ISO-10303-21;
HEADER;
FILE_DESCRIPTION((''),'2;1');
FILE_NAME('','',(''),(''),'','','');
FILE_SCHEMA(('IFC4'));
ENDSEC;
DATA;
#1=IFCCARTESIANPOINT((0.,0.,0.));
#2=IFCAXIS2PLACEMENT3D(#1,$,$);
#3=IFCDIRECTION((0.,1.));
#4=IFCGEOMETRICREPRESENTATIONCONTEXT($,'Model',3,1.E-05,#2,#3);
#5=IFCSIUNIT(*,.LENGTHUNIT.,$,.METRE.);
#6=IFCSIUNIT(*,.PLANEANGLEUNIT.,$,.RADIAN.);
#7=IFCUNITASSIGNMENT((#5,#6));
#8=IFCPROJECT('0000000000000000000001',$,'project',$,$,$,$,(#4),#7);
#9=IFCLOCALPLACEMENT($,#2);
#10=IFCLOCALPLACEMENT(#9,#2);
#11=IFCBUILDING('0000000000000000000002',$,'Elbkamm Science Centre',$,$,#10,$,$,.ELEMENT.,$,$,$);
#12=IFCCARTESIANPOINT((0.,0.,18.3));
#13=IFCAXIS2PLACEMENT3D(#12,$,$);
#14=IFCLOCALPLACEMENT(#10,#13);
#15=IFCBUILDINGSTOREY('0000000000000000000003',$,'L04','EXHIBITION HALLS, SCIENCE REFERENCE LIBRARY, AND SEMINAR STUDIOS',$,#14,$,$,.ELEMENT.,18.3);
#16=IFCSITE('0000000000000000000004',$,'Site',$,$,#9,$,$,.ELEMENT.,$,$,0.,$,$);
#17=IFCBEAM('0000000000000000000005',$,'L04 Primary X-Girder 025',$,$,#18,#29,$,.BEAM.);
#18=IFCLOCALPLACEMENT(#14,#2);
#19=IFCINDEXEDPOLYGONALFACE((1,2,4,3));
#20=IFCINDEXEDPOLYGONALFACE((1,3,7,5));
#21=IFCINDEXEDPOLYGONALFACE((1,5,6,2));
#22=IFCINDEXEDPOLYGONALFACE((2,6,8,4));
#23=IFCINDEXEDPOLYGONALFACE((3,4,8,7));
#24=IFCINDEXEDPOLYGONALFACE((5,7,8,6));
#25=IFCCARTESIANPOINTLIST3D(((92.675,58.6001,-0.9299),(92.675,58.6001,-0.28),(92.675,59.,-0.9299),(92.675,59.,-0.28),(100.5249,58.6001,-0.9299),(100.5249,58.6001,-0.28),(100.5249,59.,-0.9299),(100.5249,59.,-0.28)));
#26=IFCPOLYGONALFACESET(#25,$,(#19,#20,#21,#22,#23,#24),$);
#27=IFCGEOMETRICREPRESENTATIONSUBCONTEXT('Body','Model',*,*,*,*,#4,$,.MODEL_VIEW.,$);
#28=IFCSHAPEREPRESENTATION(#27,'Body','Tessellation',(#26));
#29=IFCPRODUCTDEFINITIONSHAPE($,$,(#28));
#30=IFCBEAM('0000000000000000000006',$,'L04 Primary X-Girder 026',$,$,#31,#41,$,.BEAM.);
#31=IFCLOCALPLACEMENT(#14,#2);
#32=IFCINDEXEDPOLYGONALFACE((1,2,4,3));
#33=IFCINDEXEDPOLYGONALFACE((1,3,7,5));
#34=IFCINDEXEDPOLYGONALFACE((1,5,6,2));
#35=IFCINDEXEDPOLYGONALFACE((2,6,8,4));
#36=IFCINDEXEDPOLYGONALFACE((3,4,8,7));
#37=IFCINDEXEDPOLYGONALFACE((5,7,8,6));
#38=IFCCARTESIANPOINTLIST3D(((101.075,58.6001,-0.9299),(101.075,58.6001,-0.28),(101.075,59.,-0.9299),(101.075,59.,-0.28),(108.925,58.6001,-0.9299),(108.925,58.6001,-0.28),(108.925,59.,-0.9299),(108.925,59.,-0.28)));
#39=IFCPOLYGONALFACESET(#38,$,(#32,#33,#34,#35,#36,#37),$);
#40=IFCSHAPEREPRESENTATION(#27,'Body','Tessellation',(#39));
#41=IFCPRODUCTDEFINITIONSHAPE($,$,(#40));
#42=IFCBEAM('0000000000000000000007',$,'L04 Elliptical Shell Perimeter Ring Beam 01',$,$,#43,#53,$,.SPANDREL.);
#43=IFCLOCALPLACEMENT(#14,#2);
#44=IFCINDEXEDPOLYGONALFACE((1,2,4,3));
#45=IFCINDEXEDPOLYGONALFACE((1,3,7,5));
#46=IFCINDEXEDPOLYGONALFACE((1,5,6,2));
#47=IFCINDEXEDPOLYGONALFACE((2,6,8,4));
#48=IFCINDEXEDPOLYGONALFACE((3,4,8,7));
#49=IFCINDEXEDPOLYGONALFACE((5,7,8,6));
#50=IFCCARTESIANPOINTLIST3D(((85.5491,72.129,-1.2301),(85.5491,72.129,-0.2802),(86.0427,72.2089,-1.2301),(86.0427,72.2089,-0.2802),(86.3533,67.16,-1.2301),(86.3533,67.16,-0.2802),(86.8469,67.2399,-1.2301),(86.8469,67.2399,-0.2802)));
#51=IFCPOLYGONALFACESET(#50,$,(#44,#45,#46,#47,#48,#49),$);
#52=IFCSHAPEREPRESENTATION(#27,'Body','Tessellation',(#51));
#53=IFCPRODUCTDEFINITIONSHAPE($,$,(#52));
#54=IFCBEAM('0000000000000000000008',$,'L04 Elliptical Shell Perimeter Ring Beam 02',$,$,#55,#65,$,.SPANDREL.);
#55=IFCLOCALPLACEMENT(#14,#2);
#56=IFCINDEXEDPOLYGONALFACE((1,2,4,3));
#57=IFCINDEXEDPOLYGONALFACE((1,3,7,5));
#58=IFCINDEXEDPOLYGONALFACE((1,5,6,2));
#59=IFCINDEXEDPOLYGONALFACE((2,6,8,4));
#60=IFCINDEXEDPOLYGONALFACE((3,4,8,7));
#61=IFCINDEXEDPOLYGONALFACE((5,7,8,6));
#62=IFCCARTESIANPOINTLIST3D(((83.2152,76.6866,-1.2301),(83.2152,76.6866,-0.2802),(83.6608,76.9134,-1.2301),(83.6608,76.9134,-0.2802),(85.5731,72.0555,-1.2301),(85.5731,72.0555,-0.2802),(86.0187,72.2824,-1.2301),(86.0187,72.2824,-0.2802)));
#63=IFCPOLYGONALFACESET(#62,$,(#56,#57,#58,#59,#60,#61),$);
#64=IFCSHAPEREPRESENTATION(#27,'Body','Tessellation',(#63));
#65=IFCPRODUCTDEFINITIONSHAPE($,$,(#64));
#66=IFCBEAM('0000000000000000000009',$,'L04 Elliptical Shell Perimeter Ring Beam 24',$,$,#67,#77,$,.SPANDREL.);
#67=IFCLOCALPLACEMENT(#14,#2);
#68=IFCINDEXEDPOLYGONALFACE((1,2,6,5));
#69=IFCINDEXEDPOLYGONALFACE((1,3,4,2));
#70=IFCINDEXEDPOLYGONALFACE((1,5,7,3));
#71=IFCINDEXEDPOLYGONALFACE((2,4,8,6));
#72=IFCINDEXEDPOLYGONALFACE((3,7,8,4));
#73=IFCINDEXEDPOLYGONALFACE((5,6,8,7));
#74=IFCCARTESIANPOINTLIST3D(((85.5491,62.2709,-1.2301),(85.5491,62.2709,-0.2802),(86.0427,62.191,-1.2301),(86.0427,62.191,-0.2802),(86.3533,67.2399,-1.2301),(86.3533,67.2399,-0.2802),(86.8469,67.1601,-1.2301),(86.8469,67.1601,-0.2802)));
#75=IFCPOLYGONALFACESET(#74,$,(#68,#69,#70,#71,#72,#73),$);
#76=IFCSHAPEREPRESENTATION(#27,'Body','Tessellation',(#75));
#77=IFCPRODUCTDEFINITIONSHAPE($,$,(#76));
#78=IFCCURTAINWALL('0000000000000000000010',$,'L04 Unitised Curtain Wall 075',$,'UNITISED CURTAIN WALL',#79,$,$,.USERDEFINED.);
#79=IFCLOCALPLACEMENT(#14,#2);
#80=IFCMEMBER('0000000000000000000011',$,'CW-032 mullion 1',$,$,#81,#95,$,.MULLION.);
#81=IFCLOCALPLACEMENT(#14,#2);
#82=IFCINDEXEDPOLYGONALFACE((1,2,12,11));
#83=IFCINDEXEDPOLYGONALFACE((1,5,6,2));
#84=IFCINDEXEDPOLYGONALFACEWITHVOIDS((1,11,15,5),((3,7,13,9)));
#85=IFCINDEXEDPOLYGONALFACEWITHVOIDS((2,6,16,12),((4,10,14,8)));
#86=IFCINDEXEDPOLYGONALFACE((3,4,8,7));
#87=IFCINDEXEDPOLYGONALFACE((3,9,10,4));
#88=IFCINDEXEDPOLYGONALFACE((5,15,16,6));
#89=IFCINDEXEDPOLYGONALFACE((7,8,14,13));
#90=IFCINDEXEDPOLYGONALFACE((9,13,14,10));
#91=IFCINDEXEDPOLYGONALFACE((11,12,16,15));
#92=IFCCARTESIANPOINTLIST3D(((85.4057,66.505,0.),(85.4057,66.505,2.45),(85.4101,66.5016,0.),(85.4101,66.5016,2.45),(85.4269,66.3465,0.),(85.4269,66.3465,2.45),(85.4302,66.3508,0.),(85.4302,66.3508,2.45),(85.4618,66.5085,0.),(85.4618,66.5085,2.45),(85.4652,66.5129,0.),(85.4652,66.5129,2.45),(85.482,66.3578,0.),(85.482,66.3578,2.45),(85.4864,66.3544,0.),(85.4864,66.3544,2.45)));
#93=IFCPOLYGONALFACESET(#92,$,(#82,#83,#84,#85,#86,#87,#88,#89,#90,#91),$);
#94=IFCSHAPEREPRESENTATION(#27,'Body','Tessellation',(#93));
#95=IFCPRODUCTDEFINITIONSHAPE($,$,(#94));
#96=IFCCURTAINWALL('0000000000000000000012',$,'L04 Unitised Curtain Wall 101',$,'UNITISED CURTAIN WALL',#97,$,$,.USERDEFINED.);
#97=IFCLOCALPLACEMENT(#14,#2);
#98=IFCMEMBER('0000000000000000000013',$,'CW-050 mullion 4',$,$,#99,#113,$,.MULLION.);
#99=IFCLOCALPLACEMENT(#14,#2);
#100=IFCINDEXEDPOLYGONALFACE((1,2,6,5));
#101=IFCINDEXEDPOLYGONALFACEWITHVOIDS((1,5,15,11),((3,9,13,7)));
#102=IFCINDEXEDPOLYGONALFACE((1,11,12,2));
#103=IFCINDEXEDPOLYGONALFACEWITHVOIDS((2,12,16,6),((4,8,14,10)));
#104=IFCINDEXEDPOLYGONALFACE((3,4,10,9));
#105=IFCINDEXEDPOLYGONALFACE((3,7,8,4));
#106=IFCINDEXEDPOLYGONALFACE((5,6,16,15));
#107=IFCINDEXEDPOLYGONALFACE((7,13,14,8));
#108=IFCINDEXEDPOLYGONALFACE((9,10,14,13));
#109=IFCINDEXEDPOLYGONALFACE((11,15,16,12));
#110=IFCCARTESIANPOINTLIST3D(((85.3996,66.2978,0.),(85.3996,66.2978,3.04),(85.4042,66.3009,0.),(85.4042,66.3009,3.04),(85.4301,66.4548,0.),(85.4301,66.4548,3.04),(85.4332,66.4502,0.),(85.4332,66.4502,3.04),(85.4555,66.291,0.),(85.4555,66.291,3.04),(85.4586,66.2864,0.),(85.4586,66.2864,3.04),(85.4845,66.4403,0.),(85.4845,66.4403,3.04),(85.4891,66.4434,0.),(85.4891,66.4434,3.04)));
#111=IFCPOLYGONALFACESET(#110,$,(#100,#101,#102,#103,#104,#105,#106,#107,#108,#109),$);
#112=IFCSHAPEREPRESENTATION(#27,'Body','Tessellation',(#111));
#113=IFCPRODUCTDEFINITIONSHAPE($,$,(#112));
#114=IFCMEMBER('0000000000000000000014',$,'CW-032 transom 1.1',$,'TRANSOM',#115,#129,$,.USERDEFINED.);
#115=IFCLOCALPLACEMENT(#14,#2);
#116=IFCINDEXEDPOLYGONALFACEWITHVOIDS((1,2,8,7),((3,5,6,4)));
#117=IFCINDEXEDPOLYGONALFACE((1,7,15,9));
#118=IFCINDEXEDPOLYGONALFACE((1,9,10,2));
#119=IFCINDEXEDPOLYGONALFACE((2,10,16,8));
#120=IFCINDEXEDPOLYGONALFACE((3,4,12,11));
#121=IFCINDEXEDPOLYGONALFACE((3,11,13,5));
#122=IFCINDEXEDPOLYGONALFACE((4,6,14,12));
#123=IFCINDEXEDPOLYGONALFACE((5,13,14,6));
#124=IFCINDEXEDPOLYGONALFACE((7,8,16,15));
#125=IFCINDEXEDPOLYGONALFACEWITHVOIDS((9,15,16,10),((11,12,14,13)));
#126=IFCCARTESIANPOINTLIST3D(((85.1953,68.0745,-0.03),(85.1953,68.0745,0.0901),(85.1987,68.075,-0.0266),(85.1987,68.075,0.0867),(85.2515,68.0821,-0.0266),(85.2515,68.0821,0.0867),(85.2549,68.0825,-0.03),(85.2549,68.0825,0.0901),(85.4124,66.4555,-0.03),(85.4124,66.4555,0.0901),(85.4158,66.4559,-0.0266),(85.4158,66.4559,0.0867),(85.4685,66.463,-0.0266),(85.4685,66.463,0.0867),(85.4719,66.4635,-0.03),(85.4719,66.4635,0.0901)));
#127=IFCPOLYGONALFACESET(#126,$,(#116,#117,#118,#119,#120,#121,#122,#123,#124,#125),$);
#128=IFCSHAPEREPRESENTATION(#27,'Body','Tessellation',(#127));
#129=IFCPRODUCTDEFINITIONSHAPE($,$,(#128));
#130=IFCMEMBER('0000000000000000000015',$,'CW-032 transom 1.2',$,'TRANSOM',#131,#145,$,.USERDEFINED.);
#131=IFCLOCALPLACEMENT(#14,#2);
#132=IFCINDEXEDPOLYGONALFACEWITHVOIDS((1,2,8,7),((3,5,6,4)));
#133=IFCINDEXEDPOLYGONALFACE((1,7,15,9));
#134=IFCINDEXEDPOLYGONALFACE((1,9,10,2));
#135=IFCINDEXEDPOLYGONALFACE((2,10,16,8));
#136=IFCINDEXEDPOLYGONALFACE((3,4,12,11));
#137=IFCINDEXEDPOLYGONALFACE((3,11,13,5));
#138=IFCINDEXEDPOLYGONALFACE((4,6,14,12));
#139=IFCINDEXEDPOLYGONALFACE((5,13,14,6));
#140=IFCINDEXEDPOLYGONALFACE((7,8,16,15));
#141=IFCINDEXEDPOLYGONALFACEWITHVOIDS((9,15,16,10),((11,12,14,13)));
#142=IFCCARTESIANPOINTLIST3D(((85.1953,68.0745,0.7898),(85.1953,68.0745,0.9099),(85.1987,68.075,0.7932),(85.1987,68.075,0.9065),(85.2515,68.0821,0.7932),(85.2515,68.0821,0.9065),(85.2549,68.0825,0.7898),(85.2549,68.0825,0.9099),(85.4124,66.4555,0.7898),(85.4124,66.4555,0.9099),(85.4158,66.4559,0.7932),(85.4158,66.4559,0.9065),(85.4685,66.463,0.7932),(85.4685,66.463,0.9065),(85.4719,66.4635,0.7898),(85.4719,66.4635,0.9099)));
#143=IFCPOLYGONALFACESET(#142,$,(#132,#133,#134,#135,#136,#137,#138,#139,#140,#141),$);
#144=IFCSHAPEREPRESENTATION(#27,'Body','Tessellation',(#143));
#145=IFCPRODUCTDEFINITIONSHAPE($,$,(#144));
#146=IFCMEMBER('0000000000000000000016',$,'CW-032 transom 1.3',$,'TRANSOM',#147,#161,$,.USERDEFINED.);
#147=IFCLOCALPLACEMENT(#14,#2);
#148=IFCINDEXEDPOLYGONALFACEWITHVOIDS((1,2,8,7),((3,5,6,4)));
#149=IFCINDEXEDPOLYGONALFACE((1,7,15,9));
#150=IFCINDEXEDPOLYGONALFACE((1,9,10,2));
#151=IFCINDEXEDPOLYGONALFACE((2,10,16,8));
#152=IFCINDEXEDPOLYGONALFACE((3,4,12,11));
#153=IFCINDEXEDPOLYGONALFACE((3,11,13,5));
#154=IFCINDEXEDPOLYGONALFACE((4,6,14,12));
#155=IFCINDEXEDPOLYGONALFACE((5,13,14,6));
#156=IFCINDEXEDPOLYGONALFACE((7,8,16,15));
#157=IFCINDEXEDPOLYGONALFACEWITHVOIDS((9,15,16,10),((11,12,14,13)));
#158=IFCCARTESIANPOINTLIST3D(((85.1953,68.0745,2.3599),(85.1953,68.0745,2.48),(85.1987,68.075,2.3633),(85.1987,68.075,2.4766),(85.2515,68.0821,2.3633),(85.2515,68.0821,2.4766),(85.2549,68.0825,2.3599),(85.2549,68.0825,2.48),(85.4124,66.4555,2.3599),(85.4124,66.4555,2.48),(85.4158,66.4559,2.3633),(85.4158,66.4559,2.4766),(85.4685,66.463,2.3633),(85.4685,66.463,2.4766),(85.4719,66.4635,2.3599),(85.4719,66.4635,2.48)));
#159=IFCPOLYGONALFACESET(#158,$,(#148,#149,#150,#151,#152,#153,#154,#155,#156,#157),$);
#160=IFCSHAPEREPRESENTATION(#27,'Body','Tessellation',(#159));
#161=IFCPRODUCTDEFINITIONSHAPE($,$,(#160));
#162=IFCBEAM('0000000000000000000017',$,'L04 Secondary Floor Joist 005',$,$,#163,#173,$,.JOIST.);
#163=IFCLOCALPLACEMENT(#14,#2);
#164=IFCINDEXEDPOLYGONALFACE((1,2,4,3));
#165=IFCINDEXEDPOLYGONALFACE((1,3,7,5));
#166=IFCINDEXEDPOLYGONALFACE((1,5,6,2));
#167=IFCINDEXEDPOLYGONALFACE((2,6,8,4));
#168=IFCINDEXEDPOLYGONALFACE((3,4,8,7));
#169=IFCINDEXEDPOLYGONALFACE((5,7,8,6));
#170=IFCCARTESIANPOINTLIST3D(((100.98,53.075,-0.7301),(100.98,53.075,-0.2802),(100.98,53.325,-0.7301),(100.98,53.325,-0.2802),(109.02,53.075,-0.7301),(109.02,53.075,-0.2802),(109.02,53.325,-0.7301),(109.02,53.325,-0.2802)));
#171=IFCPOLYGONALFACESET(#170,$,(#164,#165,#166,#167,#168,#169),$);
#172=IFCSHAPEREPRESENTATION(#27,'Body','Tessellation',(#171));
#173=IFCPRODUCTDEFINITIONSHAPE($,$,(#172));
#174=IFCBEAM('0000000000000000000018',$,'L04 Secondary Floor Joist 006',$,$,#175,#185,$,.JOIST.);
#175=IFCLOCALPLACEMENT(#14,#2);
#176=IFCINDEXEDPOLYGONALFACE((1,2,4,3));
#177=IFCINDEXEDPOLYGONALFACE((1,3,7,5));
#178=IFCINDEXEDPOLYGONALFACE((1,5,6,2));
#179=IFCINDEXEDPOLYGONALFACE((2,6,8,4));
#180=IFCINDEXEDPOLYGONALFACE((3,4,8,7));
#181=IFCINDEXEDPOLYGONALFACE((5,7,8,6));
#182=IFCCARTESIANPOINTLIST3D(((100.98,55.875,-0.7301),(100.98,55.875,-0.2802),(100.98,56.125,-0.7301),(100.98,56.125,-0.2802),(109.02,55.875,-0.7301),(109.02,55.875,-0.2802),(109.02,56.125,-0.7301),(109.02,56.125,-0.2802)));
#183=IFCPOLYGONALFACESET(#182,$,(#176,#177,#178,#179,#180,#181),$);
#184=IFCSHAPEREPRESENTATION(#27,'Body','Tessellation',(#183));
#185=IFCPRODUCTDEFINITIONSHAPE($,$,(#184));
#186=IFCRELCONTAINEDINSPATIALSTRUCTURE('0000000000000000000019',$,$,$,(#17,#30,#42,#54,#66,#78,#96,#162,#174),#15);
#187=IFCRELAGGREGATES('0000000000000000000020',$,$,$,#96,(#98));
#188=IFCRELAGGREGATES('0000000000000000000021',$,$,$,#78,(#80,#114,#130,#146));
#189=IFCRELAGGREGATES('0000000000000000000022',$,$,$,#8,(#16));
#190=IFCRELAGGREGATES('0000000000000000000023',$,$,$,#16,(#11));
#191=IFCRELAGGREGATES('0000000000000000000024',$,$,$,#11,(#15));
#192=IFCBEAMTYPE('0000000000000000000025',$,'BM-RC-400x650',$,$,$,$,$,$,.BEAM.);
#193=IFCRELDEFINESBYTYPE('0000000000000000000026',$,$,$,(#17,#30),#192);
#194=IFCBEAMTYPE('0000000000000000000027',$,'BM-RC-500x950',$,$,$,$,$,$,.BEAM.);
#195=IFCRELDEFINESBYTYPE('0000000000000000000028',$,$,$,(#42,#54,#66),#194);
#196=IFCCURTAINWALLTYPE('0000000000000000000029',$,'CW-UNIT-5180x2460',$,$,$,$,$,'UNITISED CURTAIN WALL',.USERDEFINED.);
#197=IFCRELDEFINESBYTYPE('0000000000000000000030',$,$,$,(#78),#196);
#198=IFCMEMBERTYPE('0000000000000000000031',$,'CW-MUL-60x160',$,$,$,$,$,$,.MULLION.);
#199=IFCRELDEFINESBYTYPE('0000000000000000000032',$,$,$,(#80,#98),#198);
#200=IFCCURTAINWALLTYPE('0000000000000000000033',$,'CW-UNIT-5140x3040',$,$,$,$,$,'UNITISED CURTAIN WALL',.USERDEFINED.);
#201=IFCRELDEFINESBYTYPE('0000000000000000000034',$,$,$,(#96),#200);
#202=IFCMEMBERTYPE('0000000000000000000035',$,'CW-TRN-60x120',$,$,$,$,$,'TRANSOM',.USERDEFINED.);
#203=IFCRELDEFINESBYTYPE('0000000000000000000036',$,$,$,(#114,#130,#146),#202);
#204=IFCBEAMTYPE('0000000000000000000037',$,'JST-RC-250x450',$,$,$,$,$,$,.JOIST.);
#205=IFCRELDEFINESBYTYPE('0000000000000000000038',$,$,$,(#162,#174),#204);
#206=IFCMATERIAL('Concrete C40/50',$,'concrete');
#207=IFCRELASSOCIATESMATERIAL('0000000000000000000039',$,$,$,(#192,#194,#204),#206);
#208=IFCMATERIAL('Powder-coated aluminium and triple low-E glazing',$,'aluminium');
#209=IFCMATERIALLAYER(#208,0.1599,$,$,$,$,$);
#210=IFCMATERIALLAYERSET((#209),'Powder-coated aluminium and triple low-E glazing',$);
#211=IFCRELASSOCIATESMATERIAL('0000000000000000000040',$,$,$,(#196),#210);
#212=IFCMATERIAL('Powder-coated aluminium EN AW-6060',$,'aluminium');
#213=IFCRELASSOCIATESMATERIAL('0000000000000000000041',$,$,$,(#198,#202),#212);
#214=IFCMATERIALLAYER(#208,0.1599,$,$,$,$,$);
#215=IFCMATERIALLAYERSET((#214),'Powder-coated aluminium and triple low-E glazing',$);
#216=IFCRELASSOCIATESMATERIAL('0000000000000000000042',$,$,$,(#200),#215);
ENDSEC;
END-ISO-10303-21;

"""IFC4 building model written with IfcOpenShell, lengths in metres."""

from ifc_helpers import new_model, si_unit, direction, frame, origin, origin_2d, place, context, subcontext, project, spatial, rectangle, hollow_rectangle, extrude, material, layer, layer_set, material_profile, profile_set, type_object, element, aggregate, save


model = new_model("IFC4")

# Units and contexts
model_context = context("Model", 3, precision=1e-05, world=origin(), true_north=direction((0.0, 1.0)))
body_context = subcontext(model_context, "Body", "Model", "MODEL_VIEW")
ifc_project = project(units=[si_unit("LENGTHUNIT", "METRE"), si_unit("PLANEANGLEUNIT", "RADIAN")], contexts=[model_context])

# Site, building, storey
site_placement = place(None, origin())
site = spatial("IfcSite", under=ifc_project, at=site_placement, Name="Site", CompositionType="ELEMENT", RefElevation=0.0)
building_placement = place(site_placement, origin())
building = spatial("IfcBuilding", under=site, at=building_placement, Name="Elbkamm Science Centre", CompositionType="ELEMENT")
storey_placement = place(building_placement, frame((0.0, 0.0, 18.3)))
storey = spatial("IfcBuildingStorey", under=building, at=storey_placement, Name="L04", Description="EXHIBITION HALLS, SCIENCE REFERENCE LIBRARY, AND SEMINAR STUDIOS", CompositionType="ELEMENT", Elevation=18.3)

# Shared definitions
ifc_material_1 = material(Name="Concrete C40/50", Category="concrete")

# Beams
ifc_material_profile_1 = material_profile(ifc_material_1, rectangle(XDim=0.3999, YDim=0.6499, at=origin_2d()), Name="RC 400x650")
ifc_profile_set_1 = profile_set([ifc_material_profile_1], Name="Concrete C40/50")
beam_type_1 = type_object("IfcBeamType", Name="BM-RC-400x650", PredefinedType="BEAM", material=ifc_profile_set_1)
beam_1_placement = place(storey_placement, frame((92.675, 58.8, -0.605), z_axis=(1.0, 0.0, 0.0), x_axis=(0.0, 1.0, 0.0)))
element("IfcBeam", 1, at=beam_1_placement, inside=storey, type_object=beam_type_1, Name="L04 Primary X-Girder 025", PredefinedType="BEAM", context=body_context, shape_type="SweptSolid", body=[
    extrude(rectangle(XDim=0.3999, YDim=0.6499, at=origin_2d()), origin(), (0.0, 0.0, 1.0), 7.8499),
])
beam_2_placement = place(storey_placement, frame((101.075, 58.8, -0.605), z_axis=(1.0, 0.0, 0.0), x_axis=(0.0, 1.0, 0.0)))
element("IfcBeam", 2, at=beam_2_placement, inside=storey, type_object=beam_type_1, Name="L04 Primary X-Girder 026", PredefinedType="BEAM", context=body_context, shape_type="SweptSolid", body=[
    extrude(rectangle(XDim=0.3999, YDim=0.6499, at=origin_2d()), origin(), (0.0, 0.0, 1.0), 7.8501),
])
ifc_material_profile_2 = material_profile(ifc_material_1, rectangle(XDim=0.5, YDim=0.95, at=origin_2d()), Name="RC 500x950")
ifc_profile_set_2 = profile_set([ifc_material_profile_2], Name="Concrete C40/50")
beam_type_2 = type_object("IfcBeamType", Name="BM-RC-500x950", PredefinedType="BEAM", material=ifc_profile_set_2)
beam_3_placement = place(storey_placement, frame((86.6001, 67.2, -0.7551), z_axis=(-0.159765, 0.987155, 0.0), x_axis=(-0.987155, -0.159765, 0.0)))
element("IfcBeam", 3, at=beam_3_placement, inside=storey, type_object=beam_type_2, Name="L04 Elliptical Shell Perimeter Ring Beam 01", PredefinedType="SPANDREL", context=body_context, shape_type="SweptSolid", body=[
    extrude(rectangle(XDim=0.5, YDim=0.95, at=origin_2d()), origin(), (0.0, 0.0, 1.0), 5.0337),
])
beam_4_placement = place(storey_placement, frame((85.7959, 72.1689, -0.7551), z_axis=(-0.453722, 0.891143, 0.0), x_axis=(-0.891143, -0.453722, 0.0)))
element("IfcBeam", 4, at=beam_4_placement, inside=storey, type_object=beam_type_2, Name="L04 Elliptical Shell Perimeter Ring Beam 02", PredefinedType="SPANDREL", context=body_context, shape_type="SweptSolid", body=[
    extrude(rectangle(XDim=0.5, YDim=0.95, at=origin_2d()), origin(), (0.0, 0.0, 1.0), 5.1968),
])
beam_5_placement = place(storey_placement, frame((85.7959, 62.231, -0.7551), z_axis=(0.159765, 0.987155, 0.0), x_axis=(-0.987155, 0.159765, 0.0)))
element("IfcBeam", 5, at=beam_5_placement, inside=storey, type_object=beam_type_2, Name="L04 Elliptical Shell Perimeter Ring Beam 24", PredefinedType="SPANDREL", context=body_context, shape_type="SweptSolid", body=[
    extrude(rectangle(XDim=0.5, YDim=0.95, at=origin_2d()), origin(), (0.0, 0.0, 1.0), 5.0337),
])

# Curtain walls, members
ifc_material_2 = material(Name="Powder-coated aluminium and triple low-E glazing", Category="aluminium")
ifc_layer_1 = layer(ifc_material_2, 0.1599)
ifc_layer_set_1 = layer_set([ifc_layer_1], Name="Powder-coated aluminium and triple low-E glazing")
curtain_wall_type_1 = type_object("IfcCurtainWallType", Name="CW-UNIT-5180x2460", ElementType="UNITISED CURTAIN WALL", PredefinedType="USERDEFINED", material=ifc_layer_set_1)
curtain_wall_1_placement = place(storey_placement, origin())
curtain_wall_1 = element("IfcCurtainWall", 6, at=curtain_wall_1_placement, inside=storey, type_object=curtain_wall_type_1, Name="L04 Unitised Curtain Wall 075", ObjectType="UNITISED CURTAIN WALL", PredefinedType="USERDEFINED")
ifc_material_3 = material(Name="Powder-coated aluminium EN AW-6060", Category="aluminium")
ifc_material_profile_3 = material_profile(ifc_material_3, hollow_rectangle(XDim=0.0601, YDim=0.1599, WallThickness=0.0039, at=origin_2d()), Name="ALU M60x160")
ifc_profile_set_3 = profile_set([ifc_material_profile_3], Name="Powder-coated aluminium EN AW-6060")
member_type_1 = type_object("IfcMemberType", Name="CW-MUL-60x160", PredefinedType="MULLION", material=ifc_profile_set_3)
member_1_placement = place(storey_placement, frame((85.446, 66.4297, 0.0), z_axis=(0.0, 0.0, 1.0), x_axis=(-0.991153, -0.132725, 0.0)))
member_1 = element("IfcMember", 7, at=member_1_placement, type_object=member_type_1, Name="CW-032 mullion 1", PredefinedType="MULLION", context=body_context, shape_type="SweptSolid", body=[
    extrude(hollow_rectangle(XDim=0.0601, YDim=0.1599, WallThickness=0.0039, at=origin_2d()), origin(), (0.0, 0.0, 1.0), 2.45),
])
ifc_layer_2 = layer(ifc_material_2, 0.1599)
ifc_layer_set_2 = layer_set([ifc_layer_2], Name="Powder-coated aluminium and triple low-E glazing")
curtain_wall_type_2 = type_object("IfcCurtainWallType", Name="CW-UNIT-5140x3040", ElementType="UNITISED CURTAIN WALL", PredefinedType="USERDEFINED", material=ifc_layer_set_2)
curtain_wall_2_placement = place(storey_placement, origin())
curtain_wall_2 = element("IfcCurtainWall", 8, at=curtain_wall_2_placement, inside=storey, type_object=curtain_wall_type_2, Name="L04 Unitised Curtain Wall 101", ObjectType="UNITISED CURTAIN WALL", PredefinedType="USERDEFINED")
member_2_placement = place(storey_placement, frame((85.4443, 66.3706, 0.0), z_axis=(0.0, 0.0, 1.0), x_axis=(-0.981665, 0.190614, 0.0)))
member_2 = element("IfcMember", 9, at=member_2_placement, type_object=member_type_1, Name="CW-050 mullion 4", PredefinedType="MULLION", context=body_context, shape_type="SweptSolid", body=[
    extrude(hollow_rectangle(XDim=0.0601, YDim=0.1599, WallThickness=0.0039, at=origin_2d()), origin(), (0.0, 0.0, 1.0), 3.04),
])
aggregate(curtain_wall_2, [member_2])

# Members
ifc_material_profile_4 = material_profile(ifc_material_3, hollow_rectangle(XDim=0.0601, YDim=0.1201, WallThickness=0.0034, at=origin_2d()), Name="ALU T60x120")
ifc_profile_set_4 = profile_set([ifc_material_profile_4], Name="Powder-coated aluminium EN AW-6060")
member_type_2 = type_object("IfcMemberType", Name="CW-TRN-60x120", ElementType="TRANSOM", PredefinedType="USERDEFINED", material=ifc_profile_set_4)
member_3_placement = place(storey_placement, frame((85.4421, 66.4595, 0.03), z_axis=(-0.132859, 0.991135, 0.0), x_axis=(-0.991135, -0.132859, 0.0)))
member_3 = element("IfcMember", 10, at=member_3_placement, type_object=member_type_2, Name="CW-032 transom 1.1", ObjectType="TRANSOM", PredefinedType="USERDEFINED", context=body_context, shape_type="SweptSolid", body=[
    extrude(hollow_rectangle(XDim=0.0601, YDim=0.1201, WallThickness=0.0034, at=origin_2d()), origin(), (0.0, 0.0, 1.0), 1.6335),
])
member_4_placement = place(storey_placement, frame((85.4421, 66.4595, 0.8499), z_axis=(-0.132859, 0.991135, 0.0), x_axis=(-0.991135, -0.132859, 0.0)))
member_4 = element("IfcMember", 11, at=member_4_placement, type_object=member_type_2, Name="CW-032 transom 1.2", ObjectType="TRANSOM", PredefinedType="USERDEFINED", context=body_context, shape_type="SweptSolid", body=[
    extrude(hollow_rectangle(XDim=0.0601, YDim=0.1201, WallThickness=0.0034, at=origin_2d()), origin(), (0.0, 0.0, 1.0), 1.6335),
])
member_5_placement = place(storey_placement, frame((85.4421, 66.4595, 2.4199), z_axis=(-0.132859, 0.991135, 0.0), x_axis=(-0.991135, -0.132859, 0.0)))
member_5 = element("IfcMember", 12, at=member_5_placement, type_object=member_type_2, Name="CW-032 transom 1.3", ObjectType="TRANSOM", PredefinedType="USERDEFINED", context=body_context, shape_type="SweptSolid", body=[
    extrude(hollow_rectangle(XDim=0.0601, YDim=0.1201, WallThickness=0.0034, at=origin_2d()), origin(), (0.0, 0.0, 1.0), 1.6335),
])
aggregate(curtain_wall_1, [member_1, member_3, member_4, member_5])

# Beams
ifc_material_profile_5 = material_profile(ifc_material_1, rectangle(XDim=0.25, YDim=0.45, at=origin_2d()), Name="RC 250x450")
ifc_profile_set_5 = profile_set([ifc_material_profile_5], Name="Concrete C40/50")
beam_type_3 = type_object("IfcBeamType", Name="JST-RC-250x450", PredefinedType="JOIST", material=ifc_profile_set_5)
for number, where, z_axis, x_axis, name in (
    (13, (100.98, 53.2, -0.5051), (1.0, 0.0, 0.0), (0.0, 1.0, 0.0), "L04 Secondary Floor Joist 005"),
    (14, (100.98, 56.0, -0.5051), (1.0, 0.0, 0.0), (0.0, 1.0, 0.0), "L04 Secondary Floor Joist 006"),
):
    element("IfcBeam", number, at=place(storey_placement, frame(where, z_axis=z_axis, x_axis=x_axis)), inside=storey, type_object=beam_type_3, Name=name, PredefinedType="JOIST", context=body_context, shape_type="SweptSolid", body=[
        extrude(rectangle(XDim=0.25, YDim=0.45, at=origin_2d()), origin(), (0.0, 0.0, 1.0), 8.04),
    ])

save(model, "model.ifc")
